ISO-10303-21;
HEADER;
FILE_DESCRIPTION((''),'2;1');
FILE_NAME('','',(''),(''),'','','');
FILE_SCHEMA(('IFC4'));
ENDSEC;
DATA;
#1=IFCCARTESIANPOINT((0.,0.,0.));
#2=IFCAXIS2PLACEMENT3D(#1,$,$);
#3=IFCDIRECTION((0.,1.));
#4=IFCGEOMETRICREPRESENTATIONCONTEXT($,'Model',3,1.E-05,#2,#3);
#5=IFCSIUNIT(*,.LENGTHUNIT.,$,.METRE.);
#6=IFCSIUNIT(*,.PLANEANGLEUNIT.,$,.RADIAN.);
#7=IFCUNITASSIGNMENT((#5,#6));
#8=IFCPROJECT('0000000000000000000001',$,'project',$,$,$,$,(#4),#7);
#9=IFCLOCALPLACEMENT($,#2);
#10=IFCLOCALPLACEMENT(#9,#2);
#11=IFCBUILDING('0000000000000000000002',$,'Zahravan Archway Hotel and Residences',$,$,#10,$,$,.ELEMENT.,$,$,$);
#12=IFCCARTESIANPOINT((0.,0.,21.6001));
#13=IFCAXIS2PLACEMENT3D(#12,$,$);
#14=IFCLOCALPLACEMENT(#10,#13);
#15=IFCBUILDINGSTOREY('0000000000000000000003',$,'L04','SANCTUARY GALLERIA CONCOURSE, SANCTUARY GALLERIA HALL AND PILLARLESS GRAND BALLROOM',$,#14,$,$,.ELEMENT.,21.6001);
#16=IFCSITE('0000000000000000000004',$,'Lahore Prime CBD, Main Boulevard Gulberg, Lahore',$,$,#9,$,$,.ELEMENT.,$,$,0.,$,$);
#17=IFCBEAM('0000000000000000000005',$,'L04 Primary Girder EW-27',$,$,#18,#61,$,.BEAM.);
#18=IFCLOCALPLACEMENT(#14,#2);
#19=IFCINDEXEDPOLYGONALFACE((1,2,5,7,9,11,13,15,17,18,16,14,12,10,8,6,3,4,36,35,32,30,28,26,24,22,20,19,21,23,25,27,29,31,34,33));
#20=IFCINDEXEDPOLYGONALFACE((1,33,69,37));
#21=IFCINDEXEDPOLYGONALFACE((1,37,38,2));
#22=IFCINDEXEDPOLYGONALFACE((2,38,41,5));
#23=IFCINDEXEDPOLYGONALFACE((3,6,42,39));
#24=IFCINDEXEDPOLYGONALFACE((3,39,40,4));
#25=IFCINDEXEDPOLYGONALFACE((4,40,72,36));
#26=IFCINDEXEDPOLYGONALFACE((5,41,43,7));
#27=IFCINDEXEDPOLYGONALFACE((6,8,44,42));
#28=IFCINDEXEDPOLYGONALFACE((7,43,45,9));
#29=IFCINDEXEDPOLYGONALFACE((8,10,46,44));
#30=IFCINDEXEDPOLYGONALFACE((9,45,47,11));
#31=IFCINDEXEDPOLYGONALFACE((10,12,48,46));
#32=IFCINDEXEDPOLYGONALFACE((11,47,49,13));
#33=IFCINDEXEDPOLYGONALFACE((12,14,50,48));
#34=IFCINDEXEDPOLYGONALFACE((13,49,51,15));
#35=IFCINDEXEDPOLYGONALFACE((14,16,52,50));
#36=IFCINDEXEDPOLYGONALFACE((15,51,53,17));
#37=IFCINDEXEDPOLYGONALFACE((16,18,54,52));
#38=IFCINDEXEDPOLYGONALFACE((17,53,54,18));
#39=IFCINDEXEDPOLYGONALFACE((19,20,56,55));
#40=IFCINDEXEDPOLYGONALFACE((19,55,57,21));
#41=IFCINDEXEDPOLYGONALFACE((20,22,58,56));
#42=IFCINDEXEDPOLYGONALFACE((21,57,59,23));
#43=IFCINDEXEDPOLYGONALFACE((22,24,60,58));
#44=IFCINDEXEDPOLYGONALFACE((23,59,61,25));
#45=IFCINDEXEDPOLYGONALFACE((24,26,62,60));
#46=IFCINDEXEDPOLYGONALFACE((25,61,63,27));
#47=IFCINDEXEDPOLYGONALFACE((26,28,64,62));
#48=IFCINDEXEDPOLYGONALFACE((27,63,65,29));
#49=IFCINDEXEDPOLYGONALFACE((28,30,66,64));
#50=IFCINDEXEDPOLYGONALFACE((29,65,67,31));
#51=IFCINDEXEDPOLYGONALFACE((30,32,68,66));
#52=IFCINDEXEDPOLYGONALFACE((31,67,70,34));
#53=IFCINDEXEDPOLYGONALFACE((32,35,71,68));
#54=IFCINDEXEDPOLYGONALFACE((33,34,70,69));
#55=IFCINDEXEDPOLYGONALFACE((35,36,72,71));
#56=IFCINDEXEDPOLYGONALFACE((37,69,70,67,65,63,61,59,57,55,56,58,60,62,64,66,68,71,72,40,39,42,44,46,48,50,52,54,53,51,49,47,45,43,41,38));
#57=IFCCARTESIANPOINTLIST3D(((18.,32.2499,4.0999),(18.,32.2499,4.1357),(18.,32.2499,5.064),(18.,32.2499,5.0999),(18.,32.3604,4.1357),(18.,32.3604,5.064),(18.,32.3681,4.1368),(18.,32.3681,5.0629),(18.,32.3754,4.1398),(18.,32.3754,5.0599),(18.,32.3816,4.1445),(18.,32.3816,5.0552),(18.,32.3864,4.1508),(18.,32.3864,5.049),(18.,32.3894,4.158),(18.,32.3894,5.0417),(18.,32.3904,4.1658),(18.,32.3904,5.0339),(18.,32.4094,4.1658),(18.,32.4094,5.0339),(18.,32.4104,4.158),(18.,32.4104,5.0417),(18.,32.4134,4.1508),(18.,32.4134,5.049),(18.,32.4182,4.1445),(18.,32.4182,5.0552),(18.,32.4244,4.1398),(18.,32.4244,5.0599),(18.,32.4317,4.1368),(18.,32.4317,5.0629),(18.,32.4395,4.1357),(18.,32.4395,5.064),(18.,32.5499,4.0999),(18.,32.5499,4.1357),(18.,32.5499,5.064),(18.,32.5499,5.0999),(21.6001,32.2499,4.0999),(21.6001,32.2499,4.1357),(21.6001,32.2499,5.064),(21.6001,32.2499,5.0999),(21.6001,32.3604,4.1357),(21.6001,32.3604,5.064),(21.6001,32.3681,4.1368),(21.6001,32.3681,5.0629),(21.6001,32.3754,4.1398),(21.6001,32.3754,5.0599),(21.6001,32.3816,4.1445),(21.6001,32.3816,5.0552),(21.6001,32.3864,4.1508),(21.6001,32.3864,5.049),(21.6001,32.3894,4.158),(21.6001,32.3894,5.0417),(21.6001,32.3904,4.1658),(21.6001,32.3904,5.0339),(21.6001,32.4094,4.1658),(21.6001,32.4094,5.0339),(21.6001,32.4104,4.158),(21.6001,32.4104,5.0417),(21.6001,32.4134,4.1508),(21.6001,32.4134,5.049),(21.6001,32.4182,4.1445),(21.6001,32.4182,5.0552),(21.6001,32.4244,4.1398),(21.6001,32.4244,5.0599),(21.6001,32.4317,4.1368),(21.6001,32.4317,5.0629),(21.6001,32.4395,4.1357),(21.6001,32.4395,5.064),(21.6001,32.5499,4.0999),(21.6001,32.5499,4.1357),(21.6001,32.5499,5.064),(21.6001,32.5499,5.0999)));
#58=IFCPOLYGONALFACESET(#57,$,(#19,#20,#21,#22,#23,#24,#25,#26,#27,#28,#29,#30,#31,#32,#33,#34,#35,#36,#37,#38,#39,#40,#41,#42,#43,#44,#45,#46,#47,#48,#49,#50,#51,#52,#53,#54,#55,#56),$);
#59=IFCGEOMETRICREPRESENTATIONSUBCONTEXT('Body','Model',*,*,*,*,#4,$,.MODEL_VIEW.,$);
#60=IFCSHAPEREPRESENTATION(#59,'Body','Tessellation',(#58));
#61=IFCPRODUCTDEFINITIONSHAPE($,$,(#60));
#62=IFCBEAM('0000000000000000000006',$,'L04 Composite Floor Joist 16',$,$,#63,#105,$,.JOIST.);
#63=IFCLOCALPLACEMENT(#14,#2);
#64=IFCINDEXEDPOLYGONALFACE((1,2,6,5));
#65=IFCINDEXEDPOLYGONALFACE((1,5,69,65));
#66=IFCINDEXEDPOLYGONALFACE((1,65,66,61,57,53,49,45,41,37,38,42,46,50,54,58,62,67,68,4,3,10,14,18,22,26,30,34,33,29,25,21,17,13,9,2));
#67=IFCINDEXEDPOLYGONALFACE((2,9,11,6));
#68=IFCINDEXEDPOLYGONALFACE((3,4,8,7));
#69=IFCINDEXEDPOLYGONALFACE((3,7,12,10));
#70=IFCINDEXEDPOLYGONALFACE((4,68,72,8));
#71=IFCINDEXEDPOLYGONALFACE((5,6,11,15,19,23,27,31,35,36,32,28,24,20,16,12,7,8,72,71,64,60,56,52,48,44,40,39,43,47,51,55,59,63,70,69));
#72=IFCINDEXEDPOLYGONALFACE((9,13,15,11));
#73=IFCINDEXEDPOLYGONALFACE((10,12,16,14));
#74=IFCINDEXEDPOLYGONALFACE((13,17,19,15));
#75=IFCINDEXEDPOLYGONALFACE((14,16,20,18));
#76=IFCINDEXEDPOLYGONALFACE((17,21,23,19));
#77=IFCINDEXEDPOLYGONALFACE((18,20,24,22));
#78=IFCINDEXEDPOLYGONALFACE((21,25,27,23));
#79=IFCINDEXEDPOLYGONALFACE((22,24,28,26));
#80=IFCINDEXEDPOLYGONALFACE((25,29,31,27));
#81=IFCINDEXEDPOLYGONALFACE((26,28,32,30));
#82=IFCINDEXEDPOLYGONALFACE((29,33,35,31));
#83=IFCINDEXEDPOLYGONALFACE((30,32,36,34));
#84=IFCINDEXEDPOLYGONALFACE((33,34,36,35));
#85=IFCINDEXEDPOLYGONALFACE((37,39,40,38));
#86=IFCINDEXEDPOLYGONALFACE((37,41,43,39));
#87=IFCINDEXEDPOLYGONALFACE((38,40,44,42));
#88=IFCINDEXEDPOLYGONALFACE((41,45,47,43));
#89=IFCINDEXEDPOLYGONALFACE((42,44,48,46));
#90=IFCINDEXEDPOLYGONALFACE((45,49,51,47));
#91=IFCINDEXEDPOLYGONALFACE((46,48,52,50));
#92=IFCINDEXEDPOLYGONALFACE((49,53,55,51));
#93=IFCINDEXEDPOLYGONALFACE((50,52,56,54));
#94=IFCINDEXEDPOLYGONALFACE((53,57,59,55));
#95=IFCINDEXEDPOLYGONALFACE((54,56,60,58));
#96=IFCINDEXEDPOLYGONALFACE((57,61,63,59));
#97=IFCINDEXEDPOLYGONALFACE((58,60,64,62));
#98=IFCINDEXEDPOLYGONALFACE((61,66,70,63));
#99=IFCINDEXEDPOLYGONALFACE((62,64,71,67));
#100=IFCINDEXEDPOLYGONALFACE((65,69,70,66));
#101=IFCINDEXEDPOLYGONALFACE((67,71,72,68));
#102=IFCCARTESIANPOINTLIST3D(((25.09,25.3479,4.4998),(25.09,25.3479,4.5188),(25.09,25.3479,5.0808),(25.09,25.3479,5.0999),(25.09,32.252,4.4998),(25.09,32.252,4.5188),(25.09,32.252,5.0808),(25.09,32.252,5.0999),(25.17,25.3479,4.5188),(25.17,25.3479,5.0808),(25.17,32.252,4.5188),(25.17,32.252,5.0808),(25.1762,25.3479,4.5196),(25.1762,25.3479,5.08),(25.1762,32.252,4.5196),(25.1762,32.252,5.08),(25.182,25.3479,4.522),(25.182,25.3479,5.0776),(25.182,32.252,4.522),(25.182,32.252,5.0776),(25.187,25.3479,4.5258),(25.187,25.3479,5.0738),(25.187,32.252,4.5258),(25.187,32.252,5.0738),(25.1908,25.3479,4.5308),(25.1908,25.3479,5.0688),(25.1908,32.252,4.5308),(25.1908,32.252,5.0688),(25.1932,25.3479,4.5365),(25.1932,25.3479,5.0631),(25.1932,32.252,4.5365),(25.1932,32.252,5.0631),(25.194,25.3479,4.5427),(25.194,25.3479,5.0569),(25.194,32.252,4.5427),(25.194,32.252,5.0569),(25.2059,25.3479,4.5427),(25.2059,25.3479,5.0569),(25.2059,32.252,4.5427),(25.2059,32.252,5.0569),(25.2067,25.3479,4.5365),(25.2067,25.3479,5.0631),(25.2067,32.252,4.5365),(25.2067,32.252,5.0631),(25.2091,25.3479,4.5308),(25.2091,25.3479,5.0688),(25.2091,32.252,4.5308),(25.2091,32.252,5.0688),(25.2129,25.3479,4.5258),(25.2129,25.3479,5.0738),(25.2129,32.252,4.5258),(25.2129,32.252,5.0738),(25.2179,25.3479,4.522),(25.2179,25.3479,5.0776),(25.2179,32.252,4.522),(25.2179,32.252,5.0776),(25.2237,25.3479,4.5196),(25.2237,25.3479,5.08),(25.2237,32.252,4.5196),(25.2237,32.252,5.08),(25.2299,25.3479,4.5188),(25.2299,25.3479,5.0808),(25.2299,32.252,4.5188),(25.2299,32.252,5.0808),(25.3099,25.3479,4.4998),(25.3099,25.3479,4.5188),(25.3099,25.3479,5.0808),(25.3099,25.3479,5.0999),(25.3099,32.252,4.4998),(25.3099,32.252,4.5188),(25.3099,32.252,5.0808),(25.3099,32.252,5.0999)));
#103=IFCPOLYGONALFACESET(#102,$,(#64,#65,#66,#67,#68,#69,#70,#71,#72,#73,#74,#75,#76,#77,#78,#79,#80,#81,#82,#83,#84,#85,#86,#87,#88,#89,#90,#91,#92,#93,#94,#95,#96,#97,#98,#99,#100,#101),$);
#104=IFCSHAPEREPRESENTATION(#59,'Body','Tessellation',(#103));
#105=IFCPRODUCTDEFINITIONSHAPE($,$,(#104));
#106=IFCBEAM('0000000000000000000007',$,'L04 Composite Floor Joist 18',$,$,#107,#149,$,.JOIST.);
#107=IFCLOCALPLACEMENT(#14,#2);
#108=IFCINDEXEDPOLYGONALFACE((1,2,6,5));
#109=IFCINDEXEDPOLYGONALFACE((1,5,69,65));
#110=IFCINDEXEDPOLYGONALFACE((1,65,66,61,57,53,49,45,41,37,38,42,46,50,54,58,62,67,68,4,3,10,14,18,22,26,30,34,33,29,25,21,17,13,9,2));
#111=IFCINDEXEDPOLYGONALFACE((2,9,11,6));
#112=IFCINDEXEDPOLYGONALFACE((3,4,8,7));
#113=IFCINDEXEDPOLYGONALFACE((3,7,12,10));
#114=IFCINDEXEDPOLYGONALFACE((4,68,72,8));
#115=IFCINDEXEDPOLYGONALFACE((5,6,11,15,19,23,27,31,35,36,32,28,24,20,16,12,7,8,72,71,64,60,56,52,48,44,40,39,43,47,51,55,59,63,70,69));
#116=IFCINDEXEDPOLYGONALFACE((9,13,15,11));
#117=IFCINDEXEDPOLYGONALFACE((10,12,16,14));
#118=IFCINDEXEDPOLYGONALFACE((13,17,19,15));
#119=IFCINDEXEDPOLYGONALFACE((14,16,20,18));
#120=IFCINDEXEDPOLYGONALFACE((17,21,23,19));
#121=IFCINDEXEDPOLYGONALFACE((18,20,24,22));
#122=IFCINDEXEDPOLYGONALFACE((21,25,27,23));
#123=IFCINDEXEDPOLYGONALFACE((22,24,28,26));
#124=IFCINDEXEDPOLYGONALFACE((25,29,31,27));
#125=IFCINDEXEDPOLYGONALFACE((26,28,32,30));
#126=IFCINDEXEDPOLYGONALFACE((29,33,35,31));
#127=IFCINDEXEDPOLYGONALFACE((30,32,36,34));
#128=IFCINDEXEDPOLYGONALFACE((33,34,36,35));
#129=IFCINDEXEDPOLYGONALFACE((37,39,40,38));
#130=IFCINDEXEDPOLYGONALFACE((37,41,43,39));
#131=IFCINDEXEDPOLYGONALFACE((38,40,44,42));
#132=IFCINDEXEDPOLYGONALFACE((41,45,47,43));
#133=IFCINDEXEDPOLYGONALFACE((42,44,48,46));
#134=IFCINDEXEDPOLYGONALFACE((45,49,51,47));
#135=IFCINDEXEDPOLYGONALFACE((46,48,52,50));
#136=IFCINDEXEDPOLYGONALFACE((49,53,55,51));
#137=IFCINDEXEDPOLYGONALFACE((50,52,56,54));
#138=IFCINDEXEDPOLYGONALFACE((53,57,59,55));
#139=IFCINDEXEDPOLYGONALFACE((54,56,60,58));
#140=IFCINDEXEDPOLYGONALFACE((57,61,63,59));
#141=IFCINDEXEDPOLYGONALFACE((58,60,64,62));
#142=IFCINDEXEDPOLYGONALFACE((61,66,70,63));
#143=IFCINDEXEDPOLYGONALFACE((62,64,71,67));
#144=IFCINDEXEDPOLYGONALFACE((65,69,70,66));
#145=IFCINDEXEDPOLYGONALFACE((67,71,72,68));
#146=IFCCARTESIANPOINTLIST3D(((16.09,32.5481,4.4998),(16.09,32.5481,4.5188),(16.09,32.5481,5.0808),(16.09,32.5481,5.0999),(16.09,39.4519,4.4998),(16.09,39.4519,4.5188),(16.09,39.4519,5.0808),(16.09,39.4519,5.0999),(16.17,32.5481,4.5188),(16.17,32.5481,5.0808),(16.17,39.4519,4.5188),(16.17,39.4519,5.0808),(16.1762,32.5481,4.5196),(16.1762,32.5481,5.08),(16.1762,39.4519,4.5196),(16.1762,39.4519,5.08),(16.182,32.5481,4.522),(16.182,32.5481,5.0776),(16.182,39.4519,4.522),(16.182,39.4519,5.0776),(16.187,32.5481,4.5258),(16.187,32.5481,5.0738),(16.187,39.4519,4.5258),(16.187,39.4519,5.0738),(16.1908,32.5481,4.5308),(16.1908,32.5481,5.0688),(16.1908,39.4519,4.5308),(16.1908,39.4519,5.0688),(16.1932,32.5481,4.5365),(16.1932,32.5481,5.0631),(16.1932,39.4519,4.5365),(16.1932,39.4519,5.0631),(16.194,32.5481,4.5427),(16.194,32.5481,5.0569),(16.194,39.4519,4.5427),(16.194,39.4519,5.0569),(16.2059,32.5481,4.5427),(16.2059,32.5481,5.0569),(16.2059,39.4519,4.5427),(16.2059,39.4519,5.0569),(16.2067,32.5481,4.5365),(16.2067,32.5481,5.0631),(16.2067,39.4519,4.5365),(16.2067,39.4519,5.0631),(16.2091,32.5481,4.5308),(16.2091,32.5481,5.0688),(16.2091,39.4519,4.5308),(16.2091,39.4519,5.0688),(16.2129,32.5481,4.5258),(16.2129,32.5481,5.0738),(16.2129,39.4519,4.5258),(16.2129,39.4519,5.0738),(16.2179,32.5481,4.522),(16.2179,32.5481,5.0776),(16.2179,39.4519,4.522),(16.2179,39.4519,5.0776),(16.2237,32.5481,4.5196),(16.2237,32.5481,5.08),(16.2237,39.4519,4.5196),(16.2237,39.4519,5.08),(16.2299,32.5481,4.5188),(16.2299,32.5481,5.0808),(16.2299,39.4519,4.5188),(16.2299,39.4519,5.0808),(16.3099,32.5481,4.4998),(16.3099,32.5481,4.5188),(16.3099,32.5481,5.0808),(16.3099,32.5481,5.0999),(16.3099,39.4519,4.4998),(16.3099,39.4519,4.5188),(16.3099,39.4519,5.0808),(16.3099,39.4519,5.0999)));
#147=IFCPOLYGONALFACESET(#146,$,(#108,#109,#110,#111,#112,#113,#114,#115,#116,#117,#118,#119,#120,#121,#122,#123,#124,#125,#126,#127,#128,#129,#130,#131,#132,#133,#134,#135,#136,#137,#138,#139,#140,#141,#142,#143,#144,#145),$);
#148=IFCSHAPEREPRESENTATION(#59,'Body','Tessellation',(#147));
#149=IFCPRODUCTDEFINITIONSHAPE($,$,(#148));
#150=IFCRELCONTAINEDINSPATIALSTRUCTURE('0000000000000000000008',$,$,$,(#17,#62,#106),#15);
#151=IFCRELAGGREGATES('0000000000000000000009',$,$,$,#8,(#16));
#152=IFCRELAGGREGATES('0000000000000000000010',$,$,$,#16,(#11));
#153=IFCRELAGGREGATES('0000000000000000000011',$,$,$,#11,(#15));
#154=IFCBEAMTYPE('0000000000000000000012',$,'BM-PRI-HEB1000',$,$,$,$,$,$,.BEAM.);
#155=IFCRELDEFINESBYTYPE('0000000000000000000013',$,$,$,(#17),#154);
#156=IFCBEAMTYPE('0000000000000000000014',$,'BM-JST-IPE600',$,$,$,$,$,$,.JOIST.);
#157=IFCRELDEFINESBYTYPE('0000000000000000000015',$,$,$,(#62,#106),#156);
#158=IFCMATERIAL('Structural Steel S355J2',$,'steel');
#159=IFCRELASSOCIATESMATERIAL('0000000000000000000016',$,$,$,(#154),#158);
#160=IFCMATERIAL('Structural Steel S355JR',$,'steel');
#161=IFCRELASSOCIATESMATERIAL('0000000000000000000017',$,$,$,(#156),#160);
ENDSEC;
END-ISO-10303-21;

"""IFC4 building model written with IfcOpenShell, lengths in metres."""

from ifc_helpers import new_model, si_unit, direction, frame, origin, origin_2d, place, context, subcontext, project, spatial, i_section, extrude, source, transform, mapped, material, material_profile, profile_set, type_object, type_shapes, element, save


model = new_model("IFC4")

# Units and contexts
model_context = context("Model", 3, precision=1e-05, world=origin(), true_north=direction((0.0, 1.0)))
body_context = subcontext(model_context, "Body", "Model", "MODEL_VIEW")
ifc_project = project(units=[si_unit("LENGTHUNIT", "METRE"), si_unit("PLANEANGLEUNIT", "RADIAN")], contexts=[model_context])

# Site, building, storey
site_placement = place(None, origin())
site = spatial("IfcSite", under=ifc_project, at=site_placement, Name="Lahore Prime CBD, Main Boulevard Gulberg, Lahore", CompositionType="ELEMENT", RefElevation=0.0)
building_placement = place(site_placement, origin())
building = spatial("IfcBuilding", under=site, at=building_placement, Name="Zahravan Archway Hotel and Residences", CompositionType="ELEMENT")
storey_placement = place(building_placement, frame((0.0, 0.0, 21.6001)))
storey = spatial("IfcBuildingStorey", under=building, at=storey_placement, Name="L04", Description="SANCTUARY GALLERIA CONCOURSE, SANCTUARY GALLERIA HALL AND PILLARLESS GRAND BALLROOM", CompositionType="ELEMENT", Elevation=21.6001)

# Beams
ifc_material_1 = material(Name="Structural Steel S355J2", Category="steel")
ifc_material_profile_1 = material_profile(ifc_material_1, i_section(OverallWidth=0.3, OverallDepth=1.0, WebThickness=0.019, FlangeThickness=0.0359, FilletRadius=0.03, at=origin_2d()), Name="HEB 1000", Category="steel")
ifc_profile_set_1 = profile_set([ifc_material_profile_1], Name="Structural Steel S355J2")
beam_type_1 = type_object("IfcBeamType", Name="BM-PRI-HEB1000", PredefinedType="BEAM", material=ifc_profile_set_1)
shared_shape_1 = source(origin(), body_context, "Body", "SweptSolid", [
    extrude(i_section(OverallWidth=0.3, OverallDepth=1.0, WebThickness=0.019, FlangeThickness=0.0359, FilletRadius=0.03, at=origin_2d()), origin(), (0.0, 0.0, 1.0), 3.6001),
])
for number, where, z_axis, x_axis, name in (
    (1, (18.0, 32.3999, 4.5999), (1.0, 0.0, 0.0), (0.0, 1.0, 0.0), "L04 Primary Girder EW-27"),
):
    element("IfcBeam", number, at=place(storey_placement, frame(where, z_axis=z_axis, x_axis=x_axis)), inside=storey, type_object=beam_type_1, Name=name, PredefinedType="BEAM", context=body_context, shape_type="MappedRepresentation", body=[
        mapped(shared_shape_1, transform((0.0, 0.0, 0.0), scale=1.0)),
    ])
ifc_material_2 = material(Name="Structural Steel S355JR", Category="steel")
ifc_material_profile_2 = material_profile(ifc_material_2, i_section(OverallWidth=0.22, OverallDepth=0.6001, WebThickness=0.012, FlangeThickness=0.019, FilletRadius=0.0239, at=origin_2d()), Name="IPE 600", Category="steel")
ifc_profile_set_2 = profile_set([ifc_material_profile_2], Name="Structural Steel S355JR")
beam_type_2 = type_object("IfcBeamType", Name="BM-JST-IPE600", PredefinedType="JOIST", material=ifc_profile_set_2)
shared_shape_2 = source(origin(), body_context, "Body", "SweptSolid", [
    extrude(i_section(OverallWidth=0.22, OverallDepth=0.6001, WebThickness=0.012, FlangeThickness=0.019, FilletRadius=0.0239, at=origin_2d()), origin(), (0.0, 0.0, 1.0), 6.9041),
])
type_shapes(beam_type_2, [shared_shape_2])
beam_1_placement = place(storey_placement, frame((25.2, 25.3479, 4.7998), z_axis=(0.0, 1.0, 0.0), x_axis=(-1.0, 0.0, 0.0)))
element("IfcBeam", 2, at=beam_1_placement, inside=storey, type_object=beam_type_2, Name="L04 Composite Floor Joist 16", PredefinedType="JOIST", context=body_context, shape_type="MappedRepresentation", body=[
    mapped(shared_shape_2, transform((0.0, 0.0, 0.0), scale=1.0)),
])
shared_shape_3 = source(origin(), body_context, "Body", "SweptSolid", [
    extrude(i_section(OverallWidth=0.22, OverallDepth=0.6001, WebThickness=0.012, FlangeThickness=0.019, FilletRadius=0.0239, at=origin_2d()), origin(), (0.0, 0.0, 1.0), 6.9038),
])
beam_2_placement = place(storey_placement, frame((16.2, 32.5481, 4.7998), z_axis=(0.0, 1.0, 0.0), x_axis=(-1.0, 0.0, 0.0)))
element("IfcBeam", 3, at=beam_2_placement, inside=storey, type_object=beam_type_2, Name="L04 Composite Floor Joist 18", PredefinedType="JOIST", context=body_context, shape_type="MappedRepresentation", body=[
    mapped(shared_shape_3, transform((0.0, 0.0, 0.0), scale=1.0)),
])

save(model, "model.ifc")
